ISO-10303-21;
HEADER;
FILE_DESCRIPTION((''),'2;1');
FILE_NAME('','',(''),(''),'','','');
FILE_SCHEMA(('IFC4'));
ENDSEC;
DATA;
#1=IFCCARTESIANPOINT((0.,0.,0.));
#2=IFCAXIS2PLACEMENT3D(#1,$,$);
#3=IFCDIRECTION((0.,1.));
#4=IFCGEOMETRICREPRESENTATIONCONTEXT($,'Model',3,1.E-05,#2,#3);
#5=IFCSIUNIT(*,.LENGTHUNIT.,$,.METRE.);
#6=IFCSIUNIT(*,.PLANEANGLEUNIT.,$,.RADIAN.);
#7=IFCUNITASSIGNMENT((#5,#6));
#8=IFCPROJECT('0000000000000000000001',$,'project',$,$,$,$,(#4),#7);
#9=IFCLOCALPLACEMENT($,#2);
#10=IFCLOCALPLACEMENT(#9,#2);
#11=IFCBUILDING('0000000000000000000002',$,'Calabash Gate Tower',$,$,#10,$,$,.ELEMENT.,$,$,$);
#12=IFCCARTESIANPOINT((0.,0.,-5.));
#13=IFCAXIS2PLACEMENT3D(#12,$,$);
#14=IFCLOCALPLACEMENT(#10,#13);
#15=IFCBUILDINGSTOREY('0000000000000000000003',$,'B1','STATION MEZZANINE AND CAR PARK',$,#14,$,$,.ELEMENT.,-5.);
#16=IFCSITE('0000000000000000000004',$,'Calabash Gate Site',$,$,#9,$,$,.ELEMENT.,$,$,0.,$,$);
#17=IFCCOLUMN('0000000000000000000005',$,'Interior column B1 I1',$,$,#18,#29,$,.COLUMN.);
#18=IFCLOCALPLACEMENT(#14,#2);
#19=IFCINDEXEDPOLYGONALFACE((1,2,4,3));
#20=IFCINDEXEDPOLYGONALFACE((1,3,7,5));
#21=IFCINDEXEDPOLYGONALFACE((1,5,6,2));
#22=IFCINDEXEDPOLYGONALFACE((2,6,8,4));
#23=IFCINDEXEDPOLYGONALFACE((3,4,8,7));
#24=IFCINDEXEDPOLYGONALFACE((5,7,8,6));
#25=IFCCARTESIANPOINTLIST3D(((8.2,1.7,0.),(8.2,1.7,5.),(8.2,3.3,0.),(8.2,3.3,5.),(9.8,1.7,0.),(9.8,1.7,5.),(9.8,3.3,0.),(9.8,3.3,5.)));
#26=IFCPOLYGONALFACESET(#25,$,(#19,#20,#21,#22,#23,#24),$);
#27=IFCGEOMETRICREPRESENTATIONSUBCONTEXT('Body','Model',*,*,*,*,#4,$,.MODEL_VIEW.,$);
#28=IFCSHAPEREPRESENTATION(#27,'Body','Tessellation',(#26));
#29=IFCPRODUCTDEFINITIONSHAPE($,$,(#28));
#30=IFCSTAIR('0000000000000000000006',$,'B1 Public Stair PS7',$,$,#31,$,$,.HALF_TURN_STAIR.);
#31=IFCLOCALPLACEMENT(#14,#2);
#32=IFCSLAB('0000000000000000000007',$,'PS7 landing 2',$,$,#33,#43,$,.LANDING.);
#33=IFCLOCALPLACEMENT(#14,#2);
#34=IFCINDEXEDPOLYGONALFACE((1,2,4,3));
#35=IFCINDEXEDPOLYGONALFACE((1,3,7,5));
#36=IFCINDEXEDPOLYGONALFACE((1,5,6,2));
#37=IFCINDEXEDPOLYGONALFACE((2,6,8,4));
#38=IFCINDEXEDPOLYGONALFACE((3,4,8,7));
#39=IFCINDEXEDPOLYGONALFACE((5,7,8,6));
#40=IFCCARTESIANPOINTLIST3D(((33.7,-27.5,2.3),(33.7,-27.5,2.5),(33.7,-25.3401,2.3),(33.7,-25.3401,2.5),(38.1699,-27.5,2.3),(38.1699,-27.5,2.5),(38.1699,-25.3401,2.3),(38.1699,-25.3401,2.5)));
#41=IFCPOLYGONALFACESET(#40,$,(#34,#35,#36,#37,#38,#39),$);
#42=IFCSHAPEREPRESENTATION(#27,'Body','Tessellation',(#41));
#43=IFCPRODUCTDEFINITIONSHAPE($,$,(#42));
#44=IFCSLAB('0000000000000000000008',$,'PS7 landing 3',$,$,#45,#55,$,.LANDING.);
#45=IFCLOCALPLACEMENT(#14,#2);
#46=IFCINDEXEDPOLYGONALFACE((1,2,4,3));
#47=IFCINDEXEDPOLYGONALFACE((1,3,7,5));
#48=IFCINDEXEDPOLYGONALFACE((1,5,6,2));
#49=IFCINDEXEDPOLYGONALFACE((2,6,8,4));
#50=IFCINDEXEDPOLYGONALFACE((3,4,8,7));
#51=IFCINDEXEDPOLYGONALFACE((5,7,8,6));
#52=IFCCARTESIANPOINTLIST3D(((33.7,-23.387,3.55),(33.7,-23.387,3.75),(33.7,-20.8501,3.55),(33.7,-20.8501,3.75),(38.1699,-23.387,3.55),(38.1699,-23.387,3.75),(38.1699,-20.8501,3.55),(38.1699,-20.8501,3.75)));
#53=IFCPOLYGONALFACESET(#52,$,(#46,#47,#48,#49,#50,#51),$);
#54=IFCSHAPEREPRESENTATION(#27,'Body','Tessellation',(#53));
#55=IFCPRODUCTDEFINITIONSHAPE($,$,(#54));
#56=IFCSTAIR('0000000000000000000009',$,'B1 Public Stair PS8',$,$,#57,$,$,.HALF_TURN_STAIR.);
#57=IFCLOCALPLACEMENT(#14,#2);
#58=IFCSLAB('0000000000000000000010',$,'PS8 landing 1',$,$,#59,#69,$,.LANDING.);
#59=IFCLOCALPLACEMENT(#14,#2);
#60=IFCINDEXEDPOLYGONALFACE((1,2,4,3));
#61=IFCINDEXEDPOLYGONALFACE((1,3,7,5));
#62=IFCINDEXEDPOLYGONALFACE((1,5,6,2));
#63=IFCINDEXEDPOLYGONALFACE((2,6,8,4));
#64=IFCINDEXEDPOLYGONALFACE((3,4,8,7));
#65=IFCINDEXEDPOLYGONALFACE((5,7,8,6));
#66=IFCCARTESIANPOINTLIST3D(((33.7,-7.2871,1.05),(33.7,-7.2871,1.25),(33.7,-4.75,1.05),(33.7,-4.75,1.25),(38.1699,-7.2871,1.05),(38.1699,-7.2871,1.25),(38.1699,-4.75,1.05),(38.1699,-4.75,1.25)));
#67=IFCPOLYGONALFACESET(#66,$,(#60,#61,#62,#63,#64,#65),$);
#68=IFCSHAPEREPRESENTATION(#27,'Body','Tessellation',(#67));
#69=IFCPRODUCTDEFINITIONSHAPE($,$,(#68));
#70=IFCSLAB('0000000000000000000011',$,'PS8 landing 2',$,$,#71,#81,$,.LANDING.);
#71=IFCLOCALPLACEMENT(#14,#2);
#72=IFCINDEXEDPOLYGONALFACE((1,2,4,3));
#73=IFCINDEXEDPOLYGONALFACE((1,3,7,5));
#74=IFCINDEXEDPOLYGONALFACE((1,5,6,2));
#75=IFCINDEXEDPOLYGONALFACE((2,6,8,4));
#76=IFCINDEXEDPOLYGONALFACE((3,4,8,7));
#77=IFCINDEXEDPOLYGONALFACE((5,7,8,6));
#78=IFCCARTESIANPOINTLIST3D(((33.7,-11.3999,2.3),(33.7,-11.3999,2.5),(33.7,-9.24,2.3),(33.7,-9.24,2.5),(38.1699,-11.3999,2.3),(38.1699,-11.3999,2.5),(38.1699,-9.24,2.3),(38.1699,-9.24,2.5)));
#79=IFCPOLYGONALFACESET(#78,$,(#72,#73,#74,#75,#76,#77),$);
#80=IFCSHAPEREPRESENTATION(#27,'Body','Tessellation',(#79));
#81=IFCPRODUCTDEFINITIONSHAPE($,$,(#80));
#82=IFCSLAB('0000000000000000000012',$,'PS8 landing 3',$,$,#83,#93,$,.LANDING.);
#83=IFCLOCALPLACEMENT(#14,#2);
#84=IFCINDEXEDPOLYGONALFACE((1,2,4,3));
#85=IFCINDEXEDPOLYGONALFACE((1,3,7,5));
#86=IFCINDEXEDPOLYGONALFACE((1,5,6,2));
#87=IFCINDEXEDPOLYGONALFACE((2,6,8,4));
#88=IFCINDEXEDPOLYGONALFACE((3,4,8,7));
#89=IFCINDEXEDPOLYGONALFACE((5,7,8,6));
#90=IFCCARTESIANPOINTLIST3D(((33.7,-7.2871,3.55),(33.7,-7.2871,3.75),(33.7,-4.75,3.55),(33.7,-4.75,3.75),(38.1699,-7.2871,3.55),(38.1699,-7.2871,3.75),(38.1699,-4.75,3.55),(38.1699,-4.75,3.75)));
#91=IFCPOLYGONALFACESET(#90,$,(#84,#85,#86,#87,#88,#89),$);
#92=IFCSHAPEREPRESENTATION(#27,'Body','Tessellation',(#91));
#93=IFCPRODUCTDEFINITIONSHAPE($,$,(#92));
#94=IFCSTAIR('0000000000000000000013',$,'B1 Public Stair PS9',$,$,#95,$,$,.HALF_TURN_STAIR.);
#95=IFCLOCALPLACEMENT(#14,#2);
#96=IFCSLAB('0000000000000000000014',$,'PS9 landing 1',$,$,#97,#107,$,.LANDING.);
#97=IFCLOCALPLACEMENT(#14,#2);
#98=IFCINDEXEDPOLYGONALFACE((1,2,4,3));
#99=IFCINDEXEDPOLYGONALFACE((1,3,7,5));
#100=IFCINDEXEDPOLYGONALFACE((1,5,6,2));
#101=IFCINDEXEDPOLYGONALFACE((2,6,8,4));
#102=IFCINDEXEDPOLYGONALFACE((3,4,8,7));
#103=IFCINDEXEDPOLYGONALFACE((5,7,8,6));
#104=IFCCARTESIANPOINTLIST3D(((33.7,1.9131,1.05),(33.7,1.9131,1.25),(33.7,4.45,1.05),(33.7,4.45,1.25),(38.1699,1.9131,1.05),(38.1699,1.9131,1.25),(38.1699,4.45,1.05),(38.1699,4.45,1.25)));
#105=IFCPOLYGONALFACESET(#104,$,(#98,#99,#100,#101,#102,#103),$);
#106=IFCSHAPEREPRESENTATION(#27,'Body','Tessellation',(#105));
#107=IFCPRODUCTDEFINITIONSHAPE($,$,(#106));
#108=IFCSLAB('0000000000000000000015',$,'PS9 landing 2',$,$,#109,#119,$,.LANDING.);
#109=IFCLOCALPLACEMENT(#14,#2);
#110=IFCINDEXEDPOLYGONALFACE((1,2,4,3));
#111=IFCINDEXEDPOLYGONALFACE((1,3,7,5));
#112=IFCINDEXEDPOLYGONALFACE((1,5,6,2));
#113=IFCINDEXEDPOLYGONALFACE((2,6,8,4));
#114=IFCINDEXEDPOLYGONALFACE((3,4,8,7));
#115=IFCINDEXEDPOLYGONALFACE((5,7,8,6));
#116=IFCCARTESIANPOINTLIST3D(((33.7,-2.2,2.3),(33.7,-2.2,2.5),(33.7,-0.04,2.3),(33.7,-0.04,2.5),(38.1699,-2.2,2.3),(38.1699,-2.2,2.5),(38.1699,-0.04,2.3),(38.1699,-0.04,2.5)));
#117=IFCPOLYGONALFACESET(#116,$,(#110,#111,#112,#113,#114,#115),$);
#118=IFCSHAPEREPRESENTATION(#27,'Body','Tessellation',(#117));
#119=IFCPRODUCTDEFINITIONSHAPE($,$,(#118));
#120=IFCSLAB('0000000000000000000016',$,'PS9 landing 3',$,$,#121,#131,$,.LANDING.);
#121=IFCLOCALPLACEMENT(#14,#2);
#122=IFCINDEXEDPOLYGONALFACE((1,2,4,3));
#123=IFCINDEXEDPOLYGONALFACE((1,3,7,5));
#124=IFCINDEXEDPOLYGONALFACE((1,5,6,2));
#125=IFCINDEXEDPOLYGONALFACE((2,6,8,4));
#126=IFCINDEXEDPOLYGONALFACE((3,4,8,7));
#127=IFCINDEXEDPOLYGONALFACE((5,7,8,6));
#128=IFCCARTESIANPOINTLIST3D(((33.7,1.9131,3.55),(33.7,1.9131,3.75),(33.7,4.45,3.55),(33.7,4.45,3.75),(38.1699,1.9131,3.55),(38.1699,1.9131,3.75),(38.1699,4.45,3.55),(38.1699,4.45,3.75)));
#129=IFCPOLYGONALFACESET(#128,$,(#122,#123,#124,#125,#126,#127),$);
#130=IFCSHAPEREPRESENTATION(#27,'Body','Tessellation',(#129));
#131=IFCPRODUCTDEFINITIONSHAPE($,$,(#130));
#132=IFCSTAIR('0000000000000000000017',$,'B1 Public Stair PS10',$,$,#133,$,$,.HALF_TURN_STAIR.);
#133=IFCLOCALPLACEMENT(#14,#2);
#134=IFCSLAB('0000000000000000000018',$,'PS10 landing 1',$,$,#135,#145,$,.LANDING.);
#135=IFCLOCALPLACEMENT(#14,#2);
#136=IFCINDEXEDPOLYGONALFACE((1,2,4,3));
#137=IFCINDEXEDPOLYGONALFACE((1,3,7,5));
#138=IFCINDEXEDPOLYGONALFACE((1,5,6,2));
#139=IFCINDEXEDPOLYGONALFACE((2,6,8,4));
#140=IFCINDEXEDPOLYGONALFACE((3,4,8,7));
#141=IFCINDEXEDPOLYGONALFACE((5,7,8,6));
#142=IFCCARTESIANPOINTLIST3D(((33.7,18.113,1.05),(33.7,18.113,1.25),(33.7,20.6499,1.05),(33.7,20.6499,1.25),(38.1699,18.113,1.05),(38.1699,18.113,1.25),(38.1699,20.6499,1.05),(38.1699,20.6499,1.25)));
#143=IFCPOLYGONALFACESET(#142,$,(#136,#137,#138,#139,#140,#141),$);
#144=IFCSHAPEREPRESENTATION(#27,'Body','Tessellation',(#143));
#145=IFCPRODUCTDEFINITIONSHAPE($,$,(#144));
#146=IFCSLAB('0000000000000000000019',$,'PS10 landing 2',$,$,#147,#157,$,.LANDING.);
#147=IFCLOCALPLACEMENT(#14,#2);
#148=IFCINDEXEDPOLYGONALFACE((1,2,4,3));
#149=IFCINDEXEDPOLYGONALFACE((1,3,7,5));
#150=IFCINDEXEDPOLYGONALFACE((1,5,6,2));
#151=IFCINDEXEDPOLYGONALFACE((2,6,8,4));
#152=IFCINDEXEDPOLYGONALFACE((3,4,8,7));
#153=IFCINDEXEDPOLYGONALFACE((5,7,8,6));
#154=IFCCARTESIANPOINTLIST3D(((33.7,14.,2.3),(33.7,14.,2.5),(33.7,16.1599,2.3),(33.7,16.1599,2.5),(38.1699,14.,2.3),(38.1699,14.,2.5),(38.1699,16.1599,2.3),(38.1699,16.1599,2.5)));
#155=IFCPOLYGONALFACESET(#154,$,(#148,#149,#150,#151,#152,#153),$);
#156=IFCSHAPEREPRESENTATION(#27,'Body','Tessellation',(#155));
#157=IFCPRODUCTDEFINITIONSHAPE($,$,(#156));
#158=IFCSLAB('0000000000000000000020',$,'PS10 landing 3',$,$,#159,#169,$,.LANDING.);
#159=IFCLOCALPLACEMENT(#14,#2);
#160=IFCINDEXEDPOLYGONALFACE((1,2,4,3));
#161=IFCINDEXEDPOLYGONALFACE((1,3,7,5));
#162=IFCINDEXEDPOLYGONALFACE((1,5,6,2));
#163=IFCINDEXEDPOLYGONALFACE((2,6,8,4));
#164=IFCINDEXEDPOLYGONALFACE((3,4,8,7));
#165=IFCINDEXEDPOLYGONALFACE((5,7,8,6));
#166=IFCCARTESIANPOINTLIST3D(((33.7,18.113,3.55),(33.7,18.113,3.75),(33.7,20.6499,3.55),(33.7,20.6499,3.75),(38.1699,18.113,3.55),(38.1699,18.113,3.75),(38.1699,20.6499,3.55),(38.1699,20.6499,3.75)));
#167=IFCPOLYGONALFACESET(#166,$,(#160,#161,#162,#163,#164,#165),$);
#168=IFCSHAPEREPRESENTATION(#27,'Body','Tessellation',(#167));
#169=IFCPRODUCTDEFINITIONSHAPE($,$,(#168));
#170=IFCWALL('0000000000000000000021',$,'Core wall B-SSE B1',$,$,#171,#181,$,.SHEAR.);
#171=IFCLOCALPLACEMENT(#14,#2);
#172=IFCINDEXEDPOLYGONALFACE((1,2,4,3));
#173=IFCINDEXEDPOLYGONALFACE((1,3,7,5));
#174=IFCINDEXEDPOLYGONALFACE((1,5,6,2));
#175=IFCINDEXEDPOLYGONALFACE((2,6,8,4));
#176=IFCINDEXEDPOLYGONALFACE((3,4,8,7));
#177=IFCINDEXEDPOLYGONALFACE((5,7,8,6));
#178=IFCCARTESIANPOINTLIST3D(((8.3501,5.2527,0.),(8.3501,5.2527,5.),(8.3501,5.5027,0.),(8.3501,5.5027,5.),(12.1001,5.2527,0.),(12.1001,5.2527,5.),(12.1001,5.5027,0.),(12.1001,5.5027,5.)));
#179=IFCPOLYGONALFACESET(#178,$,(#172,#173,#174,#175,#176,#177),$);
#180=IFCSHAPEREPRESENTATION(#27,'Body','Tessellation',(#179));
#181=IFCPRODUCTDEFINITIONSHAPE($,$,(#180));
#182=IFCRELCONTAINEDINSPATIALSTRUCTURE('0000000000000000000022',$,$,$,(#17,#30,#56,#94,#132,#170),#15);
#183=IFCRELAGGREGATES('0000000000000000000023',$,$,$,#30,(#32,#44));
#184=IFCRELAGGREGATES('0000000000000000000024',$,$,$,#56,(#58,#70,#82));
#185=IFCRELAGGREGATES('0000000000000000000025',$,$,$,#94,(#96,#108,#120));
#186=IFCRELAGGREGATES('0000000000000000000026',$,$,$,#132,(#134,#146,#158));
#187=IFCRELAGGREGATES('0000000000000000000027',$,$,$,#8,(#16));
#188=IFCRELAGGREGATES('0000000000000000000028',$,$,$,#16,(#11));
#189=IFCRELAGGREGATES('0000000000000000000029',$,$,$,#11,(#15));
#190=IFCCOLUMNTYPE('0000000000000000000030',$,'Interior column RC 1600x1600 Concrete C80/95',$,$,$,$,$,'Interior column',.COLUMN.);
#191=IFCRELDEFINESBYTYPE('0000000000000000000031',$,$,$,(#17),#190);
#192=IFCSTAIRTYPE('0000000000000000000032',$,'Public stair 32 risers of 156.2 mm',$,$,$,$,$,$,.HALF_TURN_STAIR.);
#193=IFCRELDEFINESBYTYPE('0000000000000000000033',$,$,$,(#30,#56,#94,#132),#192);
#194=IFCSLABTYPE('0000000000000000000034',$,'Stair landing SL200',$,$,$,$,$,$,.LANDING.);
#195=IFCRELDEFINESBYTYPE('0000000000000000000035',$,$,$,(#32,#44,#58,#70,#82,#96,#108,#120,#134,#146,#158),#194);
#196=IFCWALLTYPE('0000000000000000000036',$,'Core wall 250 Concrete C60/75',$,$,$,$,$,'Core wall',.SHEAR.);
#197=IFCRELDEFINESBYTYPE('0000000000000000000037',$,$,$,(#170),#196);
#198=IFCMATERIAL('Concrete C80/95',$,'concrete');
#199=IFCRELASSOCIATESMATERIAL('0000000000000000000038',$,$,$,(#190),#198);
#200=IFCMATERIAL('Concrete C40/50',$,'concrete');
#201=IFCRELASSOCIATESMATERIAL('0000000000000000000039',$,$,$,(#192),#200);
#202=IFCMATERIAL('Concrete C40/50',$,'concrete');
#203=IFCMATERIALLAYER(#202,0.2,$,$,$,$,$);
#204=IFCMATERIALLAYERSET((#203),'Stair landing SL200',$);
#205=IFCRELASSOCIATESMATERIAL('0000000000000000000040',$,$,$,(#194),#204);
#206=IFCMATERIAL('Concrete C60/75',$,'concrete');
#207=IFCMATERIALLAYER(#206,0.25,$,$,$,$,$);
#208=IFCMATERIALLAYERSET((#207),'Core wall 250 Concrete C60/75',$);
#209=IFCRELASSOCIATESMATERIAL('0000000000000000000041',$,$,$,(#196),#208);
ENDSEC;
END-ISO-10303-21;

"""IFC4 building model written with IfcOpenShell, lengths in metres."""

from ifc_helpers import new_model, si_unit, direction, frame, frame_2d, origin, origin_2d, place, context, subcontext, project, spatial, polyline, rectangle, outline, extrude, material, layer, layer_set, material_profile, profile_set, type_object, element, aggregate, save


model = new_model("IFC4")

# Units and contexts
model_context = context("Model", 3, precision=1e-05, world=origin(), true_north=direction((0.0, 1.0)))
body_context = subcontext(model_context, "Body", "Model", "MODEL_VIEW")
ifc_project = project(units=[si_unit("LENGTHUNIT", "METRE"), si_unit("PLANEANGLEUNIT", "RADIAN")], contexts=[model_context])

# Site, building, storey
site_placement = place(None, origin())
site = spatial("IfcSite", under=ifc_project, at=site_placement, Name="Calabash Gate Site", CompositionType="ELEMENT", RefElevation=0.0)
building_placement = place(site_placement, origin())
building = spatial("IfcBuilding", under=site, at=building_placement, Name="Calabash Gate Tower", CompositionType="ELEMENT")
storey_placement = place(building_placement, frame((0.0, 0.0, -5.0)))
storey = spatial("IfcBuildingStorey", under=building, at=storey_placement, Name="B1", Description="STATION MEZZANINE AND CAR PARK", CompositionType="ELEMENT", Elevation=-5.0)

# Column
ifc_material_1 = material(Name="Concrete C80/95", Category="concrete")
ifc_material_profile = material_profile(ifc_material_1, rectangle(XDim=1.6001, YDim=1.6001, at=origin_2d()))
ifc_profile_set = profile_set([ifc_material_profile], Name="Concrete C80/95")
column_type = type_object("IfcColumnType", Name="Interior column RC 1600x1600 Concrete C80/95", ElementType="Interior column", PredefinedType="COLUMN", material=ifc_profile_set)
column_placement = place(storey_placement, frame((9.0, 2.5, 0.0), z_axis=(0.0, 0.0, 1.0), x_axis=(1.0, 0.0, 0.0)))
element("IfcColumn", 1, at=column_placement, inside=storey, type_object=column_type, Name="Interior column B1 I1", PredefinedType="COLUMN", context=body_context, shape_type="SweptSolid", body=[
    extrude(rectangle(XDim=1.6001, YDim=1.6001, at=origin_2d()), origin(), (0.0, 0.0, 1.0), 5.0),
])

# Stairs, slabs
ifc_material_2 = material(Name="Concrete C40/50", Category="concrete")
stair_type = type_object("IfcStairType", Name="Public stair 32 risers of 156.2 mm", PredefinedType="HALF_TURN_STAIR", material=ifc_material_2)
stair_1_placement = place(storey_placement, origin())
stair_1 = element("IfcStair", 2, at=stair_1_placement, inside=storey, type_object=stair_type, Name="B1 Public Stair PS7", PredefinedType="HALF_TURN_STAIR")
ifc_material_3 = material(Name="Concrete C40/50", Category="concrete")
ifc_layer_1 = layer(ifc_material_3, 0.2)
ifc_layer_set_1 = layer_set([ifc_layer_1], Name="Stair landing SL200")
slab_type = type_object("IfcSlabType", Name="Stair landing SL200", PredefinedType="LANDING", material=ifc_layer_set_1)
slab_1_placement = place(storey_placement, frame((0.0, 0.0, 2.3)))
slab_1 = element("IfcSlab", 3, at=slab_1_placement, type_object=slab_type, Name="PS7 landing 2", PredefinedType="LANDING", context=body_context, shape_type="SweptSolid", body=[
    extrude(outline(polyline([(38.1699, -27.5), (38.1699, -25.3401), (33.7, -25.3401), (33.7, -27.5), (38.1699, -27.5)])), origin(), (0.0, 0.0, 1.0), 0.2),
])
slab_2_placement = place(storey_placement, frame((0.0, 0.0, 3.55)))
slab_2 = element("IfcSlab", 4, at=slab_2_placement, type_object=slab_type, Name="PS7 landing 3", PredefinedType="LANDING", context=body_context, shape_type="SweptSolid", body=[
    extrude(outline(polyline([(38.1699, -23.387), (38.1699, -20.8501), (33.7, -20.8501), (33.7, -23.387), (38.1699, -23.387)])), origin(), (0.0, 0.0, 1.0), 0.2),
])
aggregate(stair_1, [slab_1, slab_2])
stair_2_placement = place(storey_placement, origin())
stair_2 = element("IfcStair", 5, at=stair_2_placement, inside=storey, type_object=stair_type, Name="B1 Public Stair PS8", PredefinedType="HALF_TURN_STAIR")
slab_3_placement = place(storey_placement, frame((0.0, 0.0, 1.05)))
slab_3 = element("IfcSlab", 6, at=slab_3_placement, type_object=slab_type, Name="PS8 landing 1", PredefinedType="LANDING", context=body_context, shape_type="SweptSolid", body=[
    extrude(outline(polyline([(38.1699, -7.2871), (38.1699, -4.75), (33.7, -4.75), (33.7, -7.2871), (38.1699, -7.2871)])), origin(), (0.0, 0.0, 1.0), 0.2),
])
slab_4_placement = place(storey_placement, frame((0.0, 0.0, 2.3)))
slab_4 = element("IfcSlab", 7, at=slab_4_placement, type_object=slab_type, Name="PS8 landing 2", PredefinedType="LANDING", context=body_context, shape_type="SweptSolid", body=[
    extrude(outline(polyline([(38.1699, -11.3999), (38.1699, -9.24), (33.7, -9.24), (33.7, -11.3999), (38.1699, -11.3999)])), origin(), (0.0, 0.0, 1.0), 0.2),
])
slab_5_placement = place(storey_placement, frame((0.0, 0.0, 3.55)))
slab_5 = element("IfcSlab", 8, at=slab_5_placement, type_object=slab_type, Name="PS8 landing 3", PredefinedType="LANDING", context=body_context, shape_type="SweptSolid", body=[
    extrude(outline(polyline([(38.1699, -7.2871), (38.1699, -4.75), (33.7, -4.75), (33.7, -7.2871), (38.1699, -7.2871)])), origin(), (0.0, 0.0, 1.0), 0.2),
])
aggregate(stair_2, [slab_3, slab_4, slab_5])
stair_3_placement = place(storey_placement, origin())
stair_3 = element("IfcStair", 9, at=stair_3_placement, inside=storey, type_object=stair_type, Name="B1 Public Stair PS9", PredefinedType="HALF_TURN_STAIR")
slab_6_placement = place(storey_placement, frame((0.0, 0.0, 1.05)))
slab_6 = element("IfcSlab", 10, at=slab_6_placement, type_object=slab_type, Name="PS9 landing 1", PredefinedType="LANDING", context=body_context, shape_type="SweptSolid", body=[
    extrude(outline(polyline([(38.1699, 1.9131), (38.1699, 4.45), (33.7, 4.45), (33.7, 1.9131), (38.1699, 1.9131)])), origin(), (0.0, 0.0, 1.0), 0.2),
])
slab_7_placement = place(storey_placement, frame((0.0, 0.0, 2.3)))
slab_7 = element("IfcSlab", 11, at=slab_7_placement, type_object=slab_type, Name="PS9 landing 2", PredefinedType="LANDING", context=body_context, shape_type="SweptSolid", body=[
    extrude(outline(polyline([(38.1699, -2.2), (38.1699, -0.04), (33.7, -0.04), (33.7, -2.2), (38.1699, -2.2)])), origin(), (0.0, 0.0, 1.0), 0.2),
])
slab_8_placement = place(storey_placement, frame((0.0, 0.0, 3.55)))
slab_8 = element("IfcSlab", 12, at=slab_8_placement, type_object=slab_type, Name="PS9 landing 3", PredefinedType="LANDING", context=body_context, shape_type="SweptSolid", body=[
    extrude(outline(polyline([(38.1699, 1.9131), (38.1699, 4.45), (33.7, 4.45), (33.7, 1.9131), (38.1699, 1.9131)])), origin(), (0.0, 0.0, 1.0), 0.2),
])
aggregate(stair_3, [slab_6, slab_7, slab_8])
stair_4_placement = place(storey_placement, origin())
stair_4 = element("IfcStair", 13, at=stair_4_placement, inside=storey, type_object=stair_type, Name="B1 Public Stair PS10", PredefinedType="HALF_TURN_STAIR")
slab_9_placement = place(storey_placement, frame((0.0, 0.0, 1.05)))
slab_9 = element("IfcSlab", 14, at=slab_9_placement, type_object=slab_type, Name="PS10 landing 1", PredefinedType="LANDING", context=body_context, shape_type="SweptSolid", body=[
    extrude(outline(polyline([(38.1699, 18.113), (38.1699, 20.6499), (33.7, 20.6499), (33.7, 18.113), (38.1699, 18.113)])), origin(), (0.0, 0.0, 1.0), 0.2),
])
slab_10_placement = place(storey_placement, frame((0.0, 0.0, 2.3)))
slab_10 = element("IfcSlab", 15, at=slab_10_placement, type_object=slab_type, Name="PS10 landing 2", PredefinedType="LANDING", context=body_context, shape_type="SweptSolid", body=[
    extrude(outline(polyline([(38.1699, 14.0), (38.1699, 16.1599), (33.7, 16.1599), (33.7, 14.0), (38.1699, 14.0)])), origin(), (0.0, 0.0, 1.0), 0.2),
])
slab_11_placement = place(storey_placement, frame((0.0, 0.0, 3.55)))
slab_11 = element("IfcSlab", 16, at=slab_11_placement, type_object=slab_type, Name="PS10 landing 3", PredefinedType="LANDING", context=body_context, shape_type="SweptSolid", body=[
    extrude(outline(polyline([(38.1699, 18.113), (38.1699, 20.6499), (33.7, 20.6499), (33.7, 18.113), (38.1699, 18.113)])), origin(), (0.0, 0.0, 1.0), 0.2),
])
aggregate(stair_4, [slab_9, slab_10, slab_11])

# Wall
ifc_material_4 = material(Name="Concrete C60/75", Category="concrete")
ifc_layer_2 = layer(ifc_material_4, 0.25)
ifc_layer_set_2 = layer_set([ifc_layer_2], Name="Core wall 250 Concrete C60/75")
wall_type_1 = type_object("IfcWallType", Name="Core wall 250 Concrete C60/75", ElementType="Core wall", PredefinedType="SHEAR", material=ifc_layer_set_2)
wall_1_placement = place(storey_placement, frame((8.3501, 5.3777, 0.0), z_axis=(0.0, 0.0, 1.0), x_axis=(1.0, 0.0, 0.0)))
element("IfcWall", 17, at=wall_1_placement, inside=storey, type_object=wall_type_1, Name="Core wall B-SSE B1", PredefinedType="SHEAR", context=body_context, shape_type="SweptSolid", body=[
    extrude(rectangle(XDim=3.75, YDim=0.25, at=frame_2d((1.875, 0.0))), origin(), (0.0, 0.0, 1.0), 5.0),
])

save(model, "model.ifc")
